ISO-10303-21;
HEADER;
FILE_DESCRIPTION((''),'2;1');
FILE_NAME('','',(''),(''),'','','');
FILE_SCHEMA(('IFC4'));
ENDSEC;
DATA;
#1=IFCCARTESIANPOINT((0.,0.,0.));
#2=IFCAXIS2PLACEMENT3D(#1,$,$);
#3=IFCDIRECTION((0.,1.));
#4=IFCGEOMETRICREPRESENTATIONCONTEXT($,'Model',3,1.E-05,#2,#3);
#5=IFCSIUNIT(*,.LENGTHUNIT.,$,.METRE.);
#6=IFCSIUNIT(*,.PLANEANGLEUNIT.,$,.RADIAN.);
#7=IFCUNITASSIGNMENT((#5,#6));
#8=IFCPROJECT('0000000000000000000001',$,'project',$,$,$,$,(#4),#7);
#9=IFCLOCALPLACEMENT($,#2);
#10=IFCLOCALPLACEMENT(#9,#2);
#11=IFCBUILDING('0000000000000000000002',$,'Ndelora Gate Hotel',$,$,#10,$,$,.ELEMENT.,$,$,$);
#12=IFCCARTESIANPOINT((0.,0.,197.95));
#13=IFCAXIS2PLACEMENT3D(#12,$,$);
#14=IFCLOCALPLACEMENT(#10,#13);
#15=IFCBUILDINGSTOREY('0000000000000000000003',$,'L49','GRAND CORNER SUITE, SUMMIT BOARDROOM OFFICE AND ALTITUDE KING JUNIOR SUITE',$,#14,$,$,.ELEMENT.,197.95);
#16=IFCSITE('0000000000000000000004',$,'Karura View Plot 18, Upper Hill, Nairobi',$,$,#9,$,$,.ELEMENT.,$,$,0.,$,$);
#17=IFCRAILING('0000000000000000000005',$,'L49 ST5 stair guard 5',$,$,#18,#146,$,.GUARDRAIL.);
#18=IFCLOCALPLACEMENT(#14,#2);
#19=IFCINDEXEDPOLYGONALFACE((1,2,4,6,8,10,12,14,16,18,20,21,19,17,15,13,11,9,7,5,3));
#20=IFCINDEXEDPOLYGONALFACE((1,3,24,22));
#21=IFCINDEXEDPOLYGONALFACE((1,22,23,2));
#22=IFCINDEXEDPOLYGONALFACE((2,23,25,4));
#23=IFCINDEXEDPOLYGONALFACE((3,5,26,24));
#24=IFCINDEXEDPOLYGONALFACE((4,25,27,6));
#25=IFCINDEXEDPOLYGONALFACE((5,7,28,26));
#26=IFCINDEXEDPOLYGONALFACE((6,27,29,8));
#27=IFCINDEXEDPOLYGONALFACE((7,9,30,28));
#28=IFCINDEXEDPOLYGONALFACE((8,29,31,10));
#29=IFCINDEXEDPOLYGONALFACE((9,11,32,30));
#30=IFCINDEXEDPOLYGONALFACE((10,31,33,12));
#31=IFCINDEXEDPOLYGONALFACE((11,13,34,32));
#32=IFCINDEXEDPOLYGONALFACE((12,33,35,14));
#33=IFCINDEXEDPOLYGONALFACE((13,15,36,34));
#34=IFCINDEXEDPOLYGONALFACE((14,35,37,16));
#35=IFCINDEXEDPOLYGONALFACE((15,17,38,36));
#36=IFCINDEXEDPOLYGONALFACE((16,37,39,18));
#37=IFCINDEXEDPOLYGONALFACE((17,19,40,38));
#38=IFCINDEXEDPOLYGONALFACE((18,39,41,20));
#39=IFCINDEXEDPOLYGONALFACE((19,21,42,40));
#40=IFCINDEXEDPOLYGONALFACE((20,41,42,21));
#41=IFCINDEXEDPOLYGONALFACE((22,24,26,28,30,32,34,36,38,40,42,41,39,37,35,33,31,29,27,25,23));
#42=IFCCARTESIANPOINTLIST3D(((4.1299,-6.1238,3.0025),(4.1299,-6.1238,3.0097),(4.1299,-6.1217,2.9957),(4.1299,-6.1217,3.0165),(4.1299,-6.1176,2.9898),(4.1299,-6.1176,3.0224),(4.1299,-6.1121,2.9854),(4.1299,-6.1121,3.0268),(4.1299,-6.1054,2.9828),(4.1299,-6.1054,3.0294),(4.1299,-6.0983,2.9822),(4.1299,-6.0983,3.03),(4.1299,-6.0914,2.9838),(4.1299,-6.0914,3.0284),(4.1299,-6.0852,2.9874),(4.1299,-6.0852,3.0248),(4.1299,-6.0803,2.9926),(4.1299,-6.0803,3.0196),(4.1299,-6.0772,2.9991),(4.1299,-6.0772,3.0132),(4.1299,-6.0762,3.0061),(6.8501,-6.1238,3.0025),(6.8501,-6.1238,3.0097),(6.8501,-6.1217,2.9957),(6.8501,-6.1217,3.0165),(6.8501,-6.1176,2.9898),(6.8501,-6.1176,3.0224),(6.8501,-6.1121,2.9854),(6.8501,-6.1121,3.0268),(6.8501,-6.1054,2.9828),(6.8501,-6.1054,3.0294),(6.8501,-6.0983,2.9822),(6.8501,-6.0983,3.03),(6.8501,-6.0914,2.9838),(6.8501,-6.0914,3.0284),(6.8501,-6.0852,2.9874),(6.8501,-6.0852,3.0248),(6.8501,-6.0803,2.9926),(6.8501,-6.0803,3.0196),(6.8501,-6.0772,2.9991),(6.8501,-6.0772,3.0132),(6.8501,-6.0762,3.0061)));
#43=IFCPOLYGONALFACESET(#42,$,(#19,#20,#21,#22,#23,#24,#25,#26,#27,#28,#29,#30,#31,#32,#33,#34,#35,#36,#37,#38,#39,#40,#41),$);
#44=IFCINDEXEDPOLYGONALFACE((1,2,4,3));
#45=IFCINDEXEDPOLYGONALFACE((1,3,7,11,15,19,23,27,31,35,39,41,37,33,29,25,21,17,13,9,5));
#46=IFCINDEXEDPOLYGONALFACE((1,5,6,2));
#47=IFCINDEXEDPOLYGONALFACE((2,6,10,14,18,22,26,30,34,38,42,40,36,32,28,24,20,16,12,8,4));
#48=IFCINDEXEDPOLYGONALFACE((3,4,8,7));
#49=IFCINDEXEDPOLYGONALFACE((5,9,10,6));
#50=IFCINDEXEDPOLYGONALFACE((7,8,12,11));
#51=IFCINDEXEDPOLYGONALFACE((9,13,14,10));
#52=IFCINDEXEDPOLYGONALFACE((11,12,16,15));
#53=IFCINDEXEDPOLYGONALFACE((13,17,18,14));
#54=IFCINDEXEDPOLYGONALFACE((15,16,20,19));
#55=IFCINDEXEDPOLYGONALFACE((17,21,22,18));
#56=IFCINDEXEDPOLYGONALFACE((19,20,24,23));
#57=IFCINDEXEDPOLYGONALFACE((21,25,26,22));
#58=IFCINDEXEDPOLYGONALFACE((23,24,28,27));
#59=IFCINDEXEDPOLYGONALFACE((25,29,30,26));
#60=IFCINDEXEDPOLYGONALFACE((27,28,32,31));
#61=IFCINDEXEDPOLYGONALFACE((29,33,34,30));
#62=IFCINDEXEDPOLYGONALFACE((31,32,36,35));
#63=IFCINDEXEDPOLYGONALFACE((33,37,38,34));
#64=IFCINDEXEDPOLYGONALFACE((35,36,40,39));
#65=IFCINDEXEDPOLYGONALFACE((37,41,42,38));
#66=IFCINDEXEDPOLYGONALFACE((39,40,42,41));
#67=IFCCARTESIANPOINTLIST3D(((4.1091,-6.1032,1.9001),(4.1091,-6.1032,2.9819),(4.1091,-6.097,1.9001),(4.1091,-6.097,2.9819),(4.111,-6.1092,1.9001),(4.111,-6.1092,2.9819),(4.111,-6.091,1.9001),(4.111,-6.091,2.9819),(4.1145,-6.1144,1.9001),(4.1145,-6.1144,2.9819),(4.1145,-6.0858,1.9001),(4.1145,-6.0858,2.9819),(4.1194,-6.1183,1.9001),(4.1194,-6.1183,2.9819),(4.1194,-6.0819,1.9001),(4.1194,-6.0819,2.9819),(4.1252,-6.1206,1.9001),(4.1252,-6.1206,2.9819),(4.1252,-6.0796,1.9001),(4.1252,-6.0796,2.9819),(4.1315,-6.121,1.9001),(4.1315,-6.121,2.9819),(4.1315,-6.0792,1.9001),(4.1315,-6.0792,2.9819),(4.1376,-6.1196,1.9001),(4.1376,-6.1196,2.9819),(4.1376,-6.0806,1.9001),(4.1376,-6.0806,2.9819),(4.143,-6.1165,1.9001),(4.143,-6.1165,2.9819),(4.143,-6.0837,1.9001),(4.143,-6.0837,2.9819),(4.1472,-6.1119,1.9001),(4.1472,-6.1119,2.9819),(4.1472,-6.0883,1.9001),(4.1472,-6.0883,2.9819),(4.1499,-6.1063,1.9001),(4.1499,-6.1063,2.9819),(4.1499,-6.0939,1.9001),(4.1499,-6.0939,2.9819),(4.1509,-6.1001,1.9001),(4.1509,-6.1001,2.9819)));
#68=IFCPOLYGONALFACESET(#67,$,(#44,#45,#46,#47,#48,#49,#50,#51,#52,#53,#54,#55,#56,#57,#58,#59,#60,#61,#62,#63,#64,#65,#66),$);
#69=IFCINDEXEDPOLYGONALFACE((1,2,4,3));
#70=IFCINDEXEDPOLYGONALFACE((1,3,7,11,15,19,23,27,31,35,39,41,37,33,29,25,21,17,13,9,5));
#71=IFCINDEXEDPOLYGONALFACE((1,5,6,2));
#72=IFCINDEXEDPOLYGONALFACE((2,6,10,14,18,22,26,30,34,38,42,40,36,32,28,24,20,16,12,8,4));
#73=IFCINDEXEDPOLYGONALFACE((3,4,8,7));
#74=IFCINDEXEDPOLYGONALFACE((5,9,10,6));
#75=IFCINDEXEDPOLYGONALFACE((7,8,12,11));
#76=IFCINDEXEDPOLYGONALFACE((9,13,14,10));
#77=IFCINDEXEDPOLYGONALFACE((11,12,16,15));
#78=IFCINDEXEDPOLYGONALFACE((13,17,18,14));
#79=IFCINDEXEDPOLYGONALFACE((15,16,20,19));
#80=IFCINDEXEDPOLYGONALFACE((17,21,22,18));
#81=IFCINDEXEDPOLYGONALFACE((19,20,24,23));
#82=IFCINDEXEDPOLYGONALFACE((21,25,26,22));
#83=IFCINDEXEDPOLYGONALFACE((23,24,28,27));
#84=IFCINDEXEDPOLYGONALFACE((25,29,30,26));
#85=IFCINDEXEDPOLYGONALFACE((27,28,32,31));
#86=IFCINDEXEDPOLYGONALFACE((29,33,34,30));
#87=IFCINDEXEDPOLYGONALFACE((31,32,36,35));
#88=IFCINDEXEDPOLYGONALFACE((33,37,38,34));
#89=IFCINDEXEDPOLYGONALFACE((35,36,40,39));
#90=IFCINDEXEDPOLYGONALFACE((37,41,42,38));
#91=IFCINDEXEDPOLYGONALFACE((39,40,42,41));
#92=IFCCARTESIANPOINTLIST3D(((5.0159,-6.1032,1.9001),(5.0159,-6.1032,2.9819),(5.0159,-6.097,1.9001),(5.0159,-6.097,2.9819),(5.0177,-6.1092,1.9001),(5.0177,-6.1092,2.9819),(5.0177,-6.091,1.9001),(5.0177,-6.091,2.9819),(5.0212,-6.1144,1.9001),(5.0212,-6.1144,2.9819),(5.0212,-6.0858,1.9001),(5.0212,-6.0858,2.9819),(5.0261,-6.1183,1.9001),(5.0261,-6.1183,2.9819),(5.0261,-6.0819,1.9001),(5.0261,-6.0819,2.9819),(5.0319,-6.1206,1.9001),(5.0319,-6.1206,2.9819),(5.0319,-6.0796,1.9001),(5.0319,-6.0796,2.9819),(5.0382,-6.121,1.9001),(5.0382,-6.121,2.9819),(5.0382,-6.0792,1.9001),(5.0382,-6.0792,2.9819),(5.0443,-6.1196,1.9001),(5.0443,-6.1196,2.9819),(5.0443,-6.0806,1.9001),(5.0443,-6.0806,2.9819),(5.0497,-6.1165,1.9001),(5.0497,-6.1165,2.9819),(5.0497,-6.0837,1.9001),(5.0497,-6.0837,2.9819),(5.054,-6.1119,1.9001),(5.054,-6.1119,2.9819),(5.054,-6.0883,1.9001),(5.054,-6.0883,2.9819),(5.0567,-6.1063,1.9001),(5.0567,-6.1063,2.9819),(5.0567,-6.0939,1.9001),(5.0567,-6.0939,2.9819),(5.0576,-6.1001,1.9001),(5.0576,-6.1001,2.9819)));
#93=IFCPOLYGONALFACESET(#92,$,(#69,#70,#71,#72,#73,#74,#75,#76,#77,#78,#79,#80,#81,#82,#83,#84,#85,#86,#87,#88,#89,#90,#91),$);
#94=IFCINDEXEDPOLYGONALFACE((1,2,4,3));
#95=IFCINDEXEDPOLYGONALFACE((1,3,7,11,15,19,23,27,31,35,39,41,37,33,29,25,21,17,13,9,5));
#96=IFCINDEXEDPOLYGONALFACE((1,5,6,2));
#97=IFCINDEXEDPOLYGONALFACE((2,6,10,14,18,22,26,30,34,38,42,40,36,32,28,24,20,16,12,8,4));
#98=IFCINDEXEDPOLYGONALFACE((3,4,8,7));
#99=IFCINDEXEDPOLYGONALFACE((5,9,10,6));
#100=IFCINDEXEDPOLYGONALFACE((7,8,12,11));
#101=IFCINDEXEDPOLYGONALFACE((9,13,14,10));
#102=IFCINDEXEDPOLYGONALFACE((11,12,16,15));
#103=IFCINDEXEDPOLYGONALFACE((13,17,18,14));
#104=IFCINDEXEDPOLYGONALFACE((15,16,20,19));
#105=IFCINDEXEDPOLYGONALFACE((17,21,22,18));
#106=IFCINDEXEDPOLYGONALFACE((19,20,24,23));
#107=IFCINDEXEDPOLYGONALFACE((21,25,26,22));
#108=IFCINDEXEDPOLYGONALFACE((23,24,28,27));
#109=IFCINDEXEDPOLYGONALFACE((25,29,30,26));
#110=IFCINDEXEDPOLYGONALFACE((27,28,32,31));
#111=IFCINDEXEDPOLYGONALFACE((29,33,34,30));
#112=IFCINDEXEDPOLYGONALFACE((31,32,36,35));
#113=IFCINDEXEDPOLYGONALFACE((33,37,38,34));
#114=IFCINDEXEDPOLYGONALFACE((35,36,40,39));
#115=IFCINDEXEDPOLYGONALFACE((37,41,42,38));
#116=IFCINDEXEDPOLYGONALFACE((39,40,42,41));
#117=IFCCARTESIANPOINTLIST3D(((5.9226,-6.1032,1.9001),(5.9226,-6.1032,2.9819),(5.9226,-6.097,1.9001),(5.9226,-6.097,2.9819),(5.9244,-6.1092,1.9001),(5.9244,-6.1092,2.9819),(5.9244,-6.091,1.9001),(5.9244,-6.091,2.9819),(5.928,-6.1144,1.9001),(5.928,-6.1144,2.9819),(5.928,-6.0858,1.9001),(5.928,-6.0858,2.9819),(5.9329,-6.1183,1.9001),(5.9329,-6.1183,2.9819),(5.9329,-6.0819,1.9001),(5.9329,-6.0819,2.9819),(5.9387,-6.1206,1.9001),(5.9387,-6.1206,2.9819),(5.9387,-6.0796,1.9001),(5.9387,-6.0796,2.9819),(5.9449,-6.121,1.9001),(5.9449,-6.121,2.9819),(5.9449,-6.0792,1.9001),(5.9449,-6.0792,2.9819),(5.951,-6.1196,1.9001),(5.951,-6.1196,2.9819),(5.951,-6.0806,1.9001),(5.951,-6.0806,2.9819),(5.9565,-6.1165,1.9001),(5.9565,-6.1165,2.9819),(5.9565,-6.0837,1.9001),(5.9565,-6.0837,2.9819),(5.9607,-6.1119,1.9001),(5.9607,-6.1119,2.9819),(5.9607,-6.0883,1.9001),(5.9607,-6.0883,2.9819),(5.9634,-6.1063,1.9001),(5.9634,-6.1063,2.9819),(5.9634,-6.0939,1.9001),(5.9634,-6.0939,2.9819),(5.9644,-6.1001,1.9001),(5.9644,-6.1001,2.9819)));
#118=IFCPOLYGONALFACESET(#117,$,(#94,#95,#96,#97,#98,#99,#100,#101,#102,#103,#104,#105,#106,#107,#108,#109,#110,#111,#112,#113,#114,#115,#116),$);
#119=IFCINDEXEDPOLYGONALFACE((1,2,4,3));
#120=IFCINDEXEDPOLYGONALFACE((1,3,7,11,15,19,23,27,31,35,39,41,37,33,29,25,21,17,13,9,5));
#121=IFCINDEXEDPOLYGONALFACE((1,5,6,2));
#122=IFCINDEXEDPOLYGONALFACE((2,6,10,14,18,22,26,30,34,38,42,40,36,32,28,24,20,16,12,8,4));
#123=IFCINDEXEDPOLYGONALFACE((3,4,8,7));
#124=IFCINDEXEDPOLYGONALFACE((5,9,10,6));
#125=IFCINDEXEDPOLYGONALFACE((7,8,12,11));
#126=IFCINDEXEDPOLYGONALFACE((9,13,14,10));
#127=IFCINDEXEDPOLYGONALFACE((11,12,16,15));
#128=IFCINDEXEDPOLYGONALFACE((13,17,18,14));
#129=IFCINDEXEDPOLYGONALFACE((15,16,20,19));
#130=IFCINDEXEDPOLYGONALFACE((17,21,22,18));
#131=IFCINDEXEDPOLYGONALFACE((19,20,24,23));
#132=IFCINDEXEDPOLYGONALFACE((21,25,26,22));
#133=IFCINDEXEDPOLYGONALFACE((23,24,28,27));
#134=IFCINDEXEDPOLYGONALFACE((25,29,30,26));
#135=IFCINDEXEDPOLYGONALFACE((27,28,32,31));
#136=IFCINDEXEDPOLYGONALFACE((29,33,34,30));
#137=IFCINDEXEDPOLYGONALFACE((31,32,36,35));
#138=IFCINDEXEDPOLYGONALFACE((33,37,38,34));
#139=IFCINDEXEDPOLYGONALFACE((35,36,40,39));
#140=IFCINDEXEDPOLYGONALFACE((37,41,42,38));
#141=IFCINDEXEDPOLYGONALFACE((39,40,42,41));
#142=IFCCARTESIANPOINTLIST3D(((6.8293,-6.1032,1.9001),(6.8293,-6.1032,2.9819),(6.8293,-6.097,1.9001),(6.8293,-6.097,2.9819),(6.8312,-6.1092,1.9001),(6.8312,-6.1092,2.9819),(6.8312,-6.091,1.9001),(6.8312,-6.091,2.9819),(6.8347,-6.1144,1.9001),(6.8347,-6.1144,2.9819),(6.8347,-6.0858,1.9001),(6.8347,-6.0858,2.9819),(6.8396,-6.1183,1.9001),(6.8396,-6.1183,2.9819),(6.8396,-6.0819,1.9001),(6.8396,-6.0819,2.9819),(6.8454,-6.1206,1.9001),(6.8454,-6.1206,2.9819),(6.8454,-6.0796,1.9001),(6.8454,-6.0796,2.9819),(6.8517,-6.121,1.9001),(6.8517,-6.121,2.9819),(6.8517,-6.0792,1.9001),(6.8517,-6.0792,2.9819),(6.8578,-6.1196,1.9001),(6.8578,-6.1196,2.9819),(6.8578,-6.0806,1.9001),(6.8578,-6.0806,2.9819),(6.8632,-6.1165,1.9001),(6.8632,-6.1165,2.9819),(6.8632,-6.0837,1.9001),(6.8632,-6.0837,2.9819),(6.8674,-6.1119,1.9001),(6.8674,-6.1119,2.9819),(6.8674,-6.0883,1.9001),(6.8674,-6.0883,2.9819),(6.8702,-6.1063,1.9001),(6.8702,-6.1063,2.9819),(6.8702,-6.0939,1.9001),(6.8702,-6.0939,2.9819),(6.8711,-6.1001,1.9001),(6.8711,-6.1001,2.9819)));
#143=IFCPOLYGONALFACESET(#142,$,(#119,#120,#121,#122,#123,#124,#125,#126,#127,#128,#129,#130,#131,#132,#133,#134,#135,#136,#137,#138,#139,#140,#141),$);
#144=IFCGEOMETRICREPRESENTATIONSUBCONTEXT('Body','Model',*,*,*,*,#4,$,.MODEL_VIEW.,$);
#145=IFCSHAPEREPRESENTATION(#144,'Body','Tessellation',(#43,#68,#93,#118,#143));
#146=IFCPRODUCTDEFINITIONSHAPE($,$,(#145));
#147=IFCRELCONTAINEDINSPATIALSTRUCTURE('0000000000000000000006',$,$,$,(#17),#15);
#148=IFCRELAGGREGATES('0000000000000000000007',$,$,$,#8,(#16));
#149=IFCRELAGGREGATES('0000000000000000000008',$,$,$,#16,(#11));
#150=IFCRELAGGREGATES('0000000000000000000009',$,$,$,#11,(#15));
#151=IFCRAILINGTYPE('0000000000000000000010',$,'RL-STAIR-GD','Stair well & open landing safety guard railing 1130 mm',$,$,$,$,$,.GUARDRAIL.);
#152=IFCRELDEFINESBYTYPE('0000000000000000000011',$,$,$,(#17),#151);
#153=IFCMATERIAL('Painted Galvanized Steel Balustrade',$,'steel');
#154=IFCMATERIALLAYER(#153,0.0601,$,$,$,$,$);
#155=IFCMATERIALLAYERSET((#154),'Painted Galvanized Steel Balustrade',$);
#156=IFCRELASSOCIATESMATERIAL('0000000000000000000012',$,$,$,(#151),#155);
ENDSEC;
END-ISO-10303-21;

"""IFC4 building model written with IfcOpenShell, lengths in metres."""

from ifc_helpers import new_model, si_unit, direction, frame, origin, origin_2d, place, context, subcontext, project, spatial, circle, extrude, material, layer, layer_set, type_object, element, save


model = new_model("IFC4")

# Units and contexts
model_context = context("Model", 3, precision=1e-05, world=origin(), true_north=direction((0.0, 1.0)))
body_context = subcontext(model_context, "Body", "Model", "MODEL_VIEW")
ifc_project = project(units=[si_unit("LENGTHUNIT", "METRE"), si_unit("PLANEANGLEUNIT", "RADIAN")], contexts=[model_context])

# Site, building, storey
site_placement = place(None, origin())
site = spatial("IfcSite", under=ifc_project, at=site_placement, Name="Karura View Plot 18, Upper Hill, Nairobi", CompositionType="ELEMENT", RefElevation=0.0)
building_placement = place(site_placement, origin())
building = spatial("IfcBuilding", under=site, at=building_placement, Name="Ndelora Gate Hotel", CompositionType="ELEMENT")
storey_placement = place(building_placement, frame((0.0, 0.0, 197.95)))
storey = spatial("IfcBuildingStorey", under=building, at=storey_placement, Name="L49", Description="GRAND CORNER SUITE, SUMMIT BOARDROOM OFFICE AND ALTITUDE KING JUNIOR SUITE", CompositionType="ELEMENT", Elevation=197.95)

# Railing
ifc_material_1 = material(Name="Painted Galvanized Steel Balustrade", Category="steel")
ifc_layer_1 = layer(ifc_material_1, 0.0601)
ifc_layer_set_1 = layer_set([ifc_layer_1], Name="Painted Galvanized Steel Balustrade")
railing_type_1 = type_object("IfcRailingType", Name="RL-STAIR-GD", Description="Stair well & open landing safety guard railing 1130 mm", PredefinedType="GUARDRAIL", material=ifc_layer_set_1)
railing_1_placement = place(storey_placement, frame((4.1299, -6.1001, 1.9001)))
element("IfcRailing", 1, at=railing_1_placement, inside=storey, type_object=railing_type_1, Name="L49 ST5 stair guard 5", PredefinedType="GUARDRAIL", context=body_context, shape_type="SweptSolid", body=[
    extrude(circle(Radius=0.0239, at=origin_2d()), frame((0.0, 0.0, 1.106), z_axis=(1.0, 0.0, 0.0), x_axis=(0.0, 1.0, 0.0)), (0.0, 0.0, 1.0), 2.7202),
    extrude(circle(Radius=0.021, at=origin_2d()), origin(), (0.0, 0.0, 1.0), 1.0818),
    extrude(circle(Radius=0.021, at=origin_2d()), frame((0.9067, 0.0, 0.0)), (0.0, 0.0, 1.0), 1.0818),
    extrude(circle(Radius=0.021, at=origin_2d()), frame((1.8135, 0.0, 0.0)), (0.0, 0.0, 1.0), 1.0818),
    extrude(circle(Radius=0.021, at=origin_2d()), frame((2.7202, 0.0, 0.0)), (0.0, 0.0, 1.0), 1.0818),
])

save(model, "model.ifc")
